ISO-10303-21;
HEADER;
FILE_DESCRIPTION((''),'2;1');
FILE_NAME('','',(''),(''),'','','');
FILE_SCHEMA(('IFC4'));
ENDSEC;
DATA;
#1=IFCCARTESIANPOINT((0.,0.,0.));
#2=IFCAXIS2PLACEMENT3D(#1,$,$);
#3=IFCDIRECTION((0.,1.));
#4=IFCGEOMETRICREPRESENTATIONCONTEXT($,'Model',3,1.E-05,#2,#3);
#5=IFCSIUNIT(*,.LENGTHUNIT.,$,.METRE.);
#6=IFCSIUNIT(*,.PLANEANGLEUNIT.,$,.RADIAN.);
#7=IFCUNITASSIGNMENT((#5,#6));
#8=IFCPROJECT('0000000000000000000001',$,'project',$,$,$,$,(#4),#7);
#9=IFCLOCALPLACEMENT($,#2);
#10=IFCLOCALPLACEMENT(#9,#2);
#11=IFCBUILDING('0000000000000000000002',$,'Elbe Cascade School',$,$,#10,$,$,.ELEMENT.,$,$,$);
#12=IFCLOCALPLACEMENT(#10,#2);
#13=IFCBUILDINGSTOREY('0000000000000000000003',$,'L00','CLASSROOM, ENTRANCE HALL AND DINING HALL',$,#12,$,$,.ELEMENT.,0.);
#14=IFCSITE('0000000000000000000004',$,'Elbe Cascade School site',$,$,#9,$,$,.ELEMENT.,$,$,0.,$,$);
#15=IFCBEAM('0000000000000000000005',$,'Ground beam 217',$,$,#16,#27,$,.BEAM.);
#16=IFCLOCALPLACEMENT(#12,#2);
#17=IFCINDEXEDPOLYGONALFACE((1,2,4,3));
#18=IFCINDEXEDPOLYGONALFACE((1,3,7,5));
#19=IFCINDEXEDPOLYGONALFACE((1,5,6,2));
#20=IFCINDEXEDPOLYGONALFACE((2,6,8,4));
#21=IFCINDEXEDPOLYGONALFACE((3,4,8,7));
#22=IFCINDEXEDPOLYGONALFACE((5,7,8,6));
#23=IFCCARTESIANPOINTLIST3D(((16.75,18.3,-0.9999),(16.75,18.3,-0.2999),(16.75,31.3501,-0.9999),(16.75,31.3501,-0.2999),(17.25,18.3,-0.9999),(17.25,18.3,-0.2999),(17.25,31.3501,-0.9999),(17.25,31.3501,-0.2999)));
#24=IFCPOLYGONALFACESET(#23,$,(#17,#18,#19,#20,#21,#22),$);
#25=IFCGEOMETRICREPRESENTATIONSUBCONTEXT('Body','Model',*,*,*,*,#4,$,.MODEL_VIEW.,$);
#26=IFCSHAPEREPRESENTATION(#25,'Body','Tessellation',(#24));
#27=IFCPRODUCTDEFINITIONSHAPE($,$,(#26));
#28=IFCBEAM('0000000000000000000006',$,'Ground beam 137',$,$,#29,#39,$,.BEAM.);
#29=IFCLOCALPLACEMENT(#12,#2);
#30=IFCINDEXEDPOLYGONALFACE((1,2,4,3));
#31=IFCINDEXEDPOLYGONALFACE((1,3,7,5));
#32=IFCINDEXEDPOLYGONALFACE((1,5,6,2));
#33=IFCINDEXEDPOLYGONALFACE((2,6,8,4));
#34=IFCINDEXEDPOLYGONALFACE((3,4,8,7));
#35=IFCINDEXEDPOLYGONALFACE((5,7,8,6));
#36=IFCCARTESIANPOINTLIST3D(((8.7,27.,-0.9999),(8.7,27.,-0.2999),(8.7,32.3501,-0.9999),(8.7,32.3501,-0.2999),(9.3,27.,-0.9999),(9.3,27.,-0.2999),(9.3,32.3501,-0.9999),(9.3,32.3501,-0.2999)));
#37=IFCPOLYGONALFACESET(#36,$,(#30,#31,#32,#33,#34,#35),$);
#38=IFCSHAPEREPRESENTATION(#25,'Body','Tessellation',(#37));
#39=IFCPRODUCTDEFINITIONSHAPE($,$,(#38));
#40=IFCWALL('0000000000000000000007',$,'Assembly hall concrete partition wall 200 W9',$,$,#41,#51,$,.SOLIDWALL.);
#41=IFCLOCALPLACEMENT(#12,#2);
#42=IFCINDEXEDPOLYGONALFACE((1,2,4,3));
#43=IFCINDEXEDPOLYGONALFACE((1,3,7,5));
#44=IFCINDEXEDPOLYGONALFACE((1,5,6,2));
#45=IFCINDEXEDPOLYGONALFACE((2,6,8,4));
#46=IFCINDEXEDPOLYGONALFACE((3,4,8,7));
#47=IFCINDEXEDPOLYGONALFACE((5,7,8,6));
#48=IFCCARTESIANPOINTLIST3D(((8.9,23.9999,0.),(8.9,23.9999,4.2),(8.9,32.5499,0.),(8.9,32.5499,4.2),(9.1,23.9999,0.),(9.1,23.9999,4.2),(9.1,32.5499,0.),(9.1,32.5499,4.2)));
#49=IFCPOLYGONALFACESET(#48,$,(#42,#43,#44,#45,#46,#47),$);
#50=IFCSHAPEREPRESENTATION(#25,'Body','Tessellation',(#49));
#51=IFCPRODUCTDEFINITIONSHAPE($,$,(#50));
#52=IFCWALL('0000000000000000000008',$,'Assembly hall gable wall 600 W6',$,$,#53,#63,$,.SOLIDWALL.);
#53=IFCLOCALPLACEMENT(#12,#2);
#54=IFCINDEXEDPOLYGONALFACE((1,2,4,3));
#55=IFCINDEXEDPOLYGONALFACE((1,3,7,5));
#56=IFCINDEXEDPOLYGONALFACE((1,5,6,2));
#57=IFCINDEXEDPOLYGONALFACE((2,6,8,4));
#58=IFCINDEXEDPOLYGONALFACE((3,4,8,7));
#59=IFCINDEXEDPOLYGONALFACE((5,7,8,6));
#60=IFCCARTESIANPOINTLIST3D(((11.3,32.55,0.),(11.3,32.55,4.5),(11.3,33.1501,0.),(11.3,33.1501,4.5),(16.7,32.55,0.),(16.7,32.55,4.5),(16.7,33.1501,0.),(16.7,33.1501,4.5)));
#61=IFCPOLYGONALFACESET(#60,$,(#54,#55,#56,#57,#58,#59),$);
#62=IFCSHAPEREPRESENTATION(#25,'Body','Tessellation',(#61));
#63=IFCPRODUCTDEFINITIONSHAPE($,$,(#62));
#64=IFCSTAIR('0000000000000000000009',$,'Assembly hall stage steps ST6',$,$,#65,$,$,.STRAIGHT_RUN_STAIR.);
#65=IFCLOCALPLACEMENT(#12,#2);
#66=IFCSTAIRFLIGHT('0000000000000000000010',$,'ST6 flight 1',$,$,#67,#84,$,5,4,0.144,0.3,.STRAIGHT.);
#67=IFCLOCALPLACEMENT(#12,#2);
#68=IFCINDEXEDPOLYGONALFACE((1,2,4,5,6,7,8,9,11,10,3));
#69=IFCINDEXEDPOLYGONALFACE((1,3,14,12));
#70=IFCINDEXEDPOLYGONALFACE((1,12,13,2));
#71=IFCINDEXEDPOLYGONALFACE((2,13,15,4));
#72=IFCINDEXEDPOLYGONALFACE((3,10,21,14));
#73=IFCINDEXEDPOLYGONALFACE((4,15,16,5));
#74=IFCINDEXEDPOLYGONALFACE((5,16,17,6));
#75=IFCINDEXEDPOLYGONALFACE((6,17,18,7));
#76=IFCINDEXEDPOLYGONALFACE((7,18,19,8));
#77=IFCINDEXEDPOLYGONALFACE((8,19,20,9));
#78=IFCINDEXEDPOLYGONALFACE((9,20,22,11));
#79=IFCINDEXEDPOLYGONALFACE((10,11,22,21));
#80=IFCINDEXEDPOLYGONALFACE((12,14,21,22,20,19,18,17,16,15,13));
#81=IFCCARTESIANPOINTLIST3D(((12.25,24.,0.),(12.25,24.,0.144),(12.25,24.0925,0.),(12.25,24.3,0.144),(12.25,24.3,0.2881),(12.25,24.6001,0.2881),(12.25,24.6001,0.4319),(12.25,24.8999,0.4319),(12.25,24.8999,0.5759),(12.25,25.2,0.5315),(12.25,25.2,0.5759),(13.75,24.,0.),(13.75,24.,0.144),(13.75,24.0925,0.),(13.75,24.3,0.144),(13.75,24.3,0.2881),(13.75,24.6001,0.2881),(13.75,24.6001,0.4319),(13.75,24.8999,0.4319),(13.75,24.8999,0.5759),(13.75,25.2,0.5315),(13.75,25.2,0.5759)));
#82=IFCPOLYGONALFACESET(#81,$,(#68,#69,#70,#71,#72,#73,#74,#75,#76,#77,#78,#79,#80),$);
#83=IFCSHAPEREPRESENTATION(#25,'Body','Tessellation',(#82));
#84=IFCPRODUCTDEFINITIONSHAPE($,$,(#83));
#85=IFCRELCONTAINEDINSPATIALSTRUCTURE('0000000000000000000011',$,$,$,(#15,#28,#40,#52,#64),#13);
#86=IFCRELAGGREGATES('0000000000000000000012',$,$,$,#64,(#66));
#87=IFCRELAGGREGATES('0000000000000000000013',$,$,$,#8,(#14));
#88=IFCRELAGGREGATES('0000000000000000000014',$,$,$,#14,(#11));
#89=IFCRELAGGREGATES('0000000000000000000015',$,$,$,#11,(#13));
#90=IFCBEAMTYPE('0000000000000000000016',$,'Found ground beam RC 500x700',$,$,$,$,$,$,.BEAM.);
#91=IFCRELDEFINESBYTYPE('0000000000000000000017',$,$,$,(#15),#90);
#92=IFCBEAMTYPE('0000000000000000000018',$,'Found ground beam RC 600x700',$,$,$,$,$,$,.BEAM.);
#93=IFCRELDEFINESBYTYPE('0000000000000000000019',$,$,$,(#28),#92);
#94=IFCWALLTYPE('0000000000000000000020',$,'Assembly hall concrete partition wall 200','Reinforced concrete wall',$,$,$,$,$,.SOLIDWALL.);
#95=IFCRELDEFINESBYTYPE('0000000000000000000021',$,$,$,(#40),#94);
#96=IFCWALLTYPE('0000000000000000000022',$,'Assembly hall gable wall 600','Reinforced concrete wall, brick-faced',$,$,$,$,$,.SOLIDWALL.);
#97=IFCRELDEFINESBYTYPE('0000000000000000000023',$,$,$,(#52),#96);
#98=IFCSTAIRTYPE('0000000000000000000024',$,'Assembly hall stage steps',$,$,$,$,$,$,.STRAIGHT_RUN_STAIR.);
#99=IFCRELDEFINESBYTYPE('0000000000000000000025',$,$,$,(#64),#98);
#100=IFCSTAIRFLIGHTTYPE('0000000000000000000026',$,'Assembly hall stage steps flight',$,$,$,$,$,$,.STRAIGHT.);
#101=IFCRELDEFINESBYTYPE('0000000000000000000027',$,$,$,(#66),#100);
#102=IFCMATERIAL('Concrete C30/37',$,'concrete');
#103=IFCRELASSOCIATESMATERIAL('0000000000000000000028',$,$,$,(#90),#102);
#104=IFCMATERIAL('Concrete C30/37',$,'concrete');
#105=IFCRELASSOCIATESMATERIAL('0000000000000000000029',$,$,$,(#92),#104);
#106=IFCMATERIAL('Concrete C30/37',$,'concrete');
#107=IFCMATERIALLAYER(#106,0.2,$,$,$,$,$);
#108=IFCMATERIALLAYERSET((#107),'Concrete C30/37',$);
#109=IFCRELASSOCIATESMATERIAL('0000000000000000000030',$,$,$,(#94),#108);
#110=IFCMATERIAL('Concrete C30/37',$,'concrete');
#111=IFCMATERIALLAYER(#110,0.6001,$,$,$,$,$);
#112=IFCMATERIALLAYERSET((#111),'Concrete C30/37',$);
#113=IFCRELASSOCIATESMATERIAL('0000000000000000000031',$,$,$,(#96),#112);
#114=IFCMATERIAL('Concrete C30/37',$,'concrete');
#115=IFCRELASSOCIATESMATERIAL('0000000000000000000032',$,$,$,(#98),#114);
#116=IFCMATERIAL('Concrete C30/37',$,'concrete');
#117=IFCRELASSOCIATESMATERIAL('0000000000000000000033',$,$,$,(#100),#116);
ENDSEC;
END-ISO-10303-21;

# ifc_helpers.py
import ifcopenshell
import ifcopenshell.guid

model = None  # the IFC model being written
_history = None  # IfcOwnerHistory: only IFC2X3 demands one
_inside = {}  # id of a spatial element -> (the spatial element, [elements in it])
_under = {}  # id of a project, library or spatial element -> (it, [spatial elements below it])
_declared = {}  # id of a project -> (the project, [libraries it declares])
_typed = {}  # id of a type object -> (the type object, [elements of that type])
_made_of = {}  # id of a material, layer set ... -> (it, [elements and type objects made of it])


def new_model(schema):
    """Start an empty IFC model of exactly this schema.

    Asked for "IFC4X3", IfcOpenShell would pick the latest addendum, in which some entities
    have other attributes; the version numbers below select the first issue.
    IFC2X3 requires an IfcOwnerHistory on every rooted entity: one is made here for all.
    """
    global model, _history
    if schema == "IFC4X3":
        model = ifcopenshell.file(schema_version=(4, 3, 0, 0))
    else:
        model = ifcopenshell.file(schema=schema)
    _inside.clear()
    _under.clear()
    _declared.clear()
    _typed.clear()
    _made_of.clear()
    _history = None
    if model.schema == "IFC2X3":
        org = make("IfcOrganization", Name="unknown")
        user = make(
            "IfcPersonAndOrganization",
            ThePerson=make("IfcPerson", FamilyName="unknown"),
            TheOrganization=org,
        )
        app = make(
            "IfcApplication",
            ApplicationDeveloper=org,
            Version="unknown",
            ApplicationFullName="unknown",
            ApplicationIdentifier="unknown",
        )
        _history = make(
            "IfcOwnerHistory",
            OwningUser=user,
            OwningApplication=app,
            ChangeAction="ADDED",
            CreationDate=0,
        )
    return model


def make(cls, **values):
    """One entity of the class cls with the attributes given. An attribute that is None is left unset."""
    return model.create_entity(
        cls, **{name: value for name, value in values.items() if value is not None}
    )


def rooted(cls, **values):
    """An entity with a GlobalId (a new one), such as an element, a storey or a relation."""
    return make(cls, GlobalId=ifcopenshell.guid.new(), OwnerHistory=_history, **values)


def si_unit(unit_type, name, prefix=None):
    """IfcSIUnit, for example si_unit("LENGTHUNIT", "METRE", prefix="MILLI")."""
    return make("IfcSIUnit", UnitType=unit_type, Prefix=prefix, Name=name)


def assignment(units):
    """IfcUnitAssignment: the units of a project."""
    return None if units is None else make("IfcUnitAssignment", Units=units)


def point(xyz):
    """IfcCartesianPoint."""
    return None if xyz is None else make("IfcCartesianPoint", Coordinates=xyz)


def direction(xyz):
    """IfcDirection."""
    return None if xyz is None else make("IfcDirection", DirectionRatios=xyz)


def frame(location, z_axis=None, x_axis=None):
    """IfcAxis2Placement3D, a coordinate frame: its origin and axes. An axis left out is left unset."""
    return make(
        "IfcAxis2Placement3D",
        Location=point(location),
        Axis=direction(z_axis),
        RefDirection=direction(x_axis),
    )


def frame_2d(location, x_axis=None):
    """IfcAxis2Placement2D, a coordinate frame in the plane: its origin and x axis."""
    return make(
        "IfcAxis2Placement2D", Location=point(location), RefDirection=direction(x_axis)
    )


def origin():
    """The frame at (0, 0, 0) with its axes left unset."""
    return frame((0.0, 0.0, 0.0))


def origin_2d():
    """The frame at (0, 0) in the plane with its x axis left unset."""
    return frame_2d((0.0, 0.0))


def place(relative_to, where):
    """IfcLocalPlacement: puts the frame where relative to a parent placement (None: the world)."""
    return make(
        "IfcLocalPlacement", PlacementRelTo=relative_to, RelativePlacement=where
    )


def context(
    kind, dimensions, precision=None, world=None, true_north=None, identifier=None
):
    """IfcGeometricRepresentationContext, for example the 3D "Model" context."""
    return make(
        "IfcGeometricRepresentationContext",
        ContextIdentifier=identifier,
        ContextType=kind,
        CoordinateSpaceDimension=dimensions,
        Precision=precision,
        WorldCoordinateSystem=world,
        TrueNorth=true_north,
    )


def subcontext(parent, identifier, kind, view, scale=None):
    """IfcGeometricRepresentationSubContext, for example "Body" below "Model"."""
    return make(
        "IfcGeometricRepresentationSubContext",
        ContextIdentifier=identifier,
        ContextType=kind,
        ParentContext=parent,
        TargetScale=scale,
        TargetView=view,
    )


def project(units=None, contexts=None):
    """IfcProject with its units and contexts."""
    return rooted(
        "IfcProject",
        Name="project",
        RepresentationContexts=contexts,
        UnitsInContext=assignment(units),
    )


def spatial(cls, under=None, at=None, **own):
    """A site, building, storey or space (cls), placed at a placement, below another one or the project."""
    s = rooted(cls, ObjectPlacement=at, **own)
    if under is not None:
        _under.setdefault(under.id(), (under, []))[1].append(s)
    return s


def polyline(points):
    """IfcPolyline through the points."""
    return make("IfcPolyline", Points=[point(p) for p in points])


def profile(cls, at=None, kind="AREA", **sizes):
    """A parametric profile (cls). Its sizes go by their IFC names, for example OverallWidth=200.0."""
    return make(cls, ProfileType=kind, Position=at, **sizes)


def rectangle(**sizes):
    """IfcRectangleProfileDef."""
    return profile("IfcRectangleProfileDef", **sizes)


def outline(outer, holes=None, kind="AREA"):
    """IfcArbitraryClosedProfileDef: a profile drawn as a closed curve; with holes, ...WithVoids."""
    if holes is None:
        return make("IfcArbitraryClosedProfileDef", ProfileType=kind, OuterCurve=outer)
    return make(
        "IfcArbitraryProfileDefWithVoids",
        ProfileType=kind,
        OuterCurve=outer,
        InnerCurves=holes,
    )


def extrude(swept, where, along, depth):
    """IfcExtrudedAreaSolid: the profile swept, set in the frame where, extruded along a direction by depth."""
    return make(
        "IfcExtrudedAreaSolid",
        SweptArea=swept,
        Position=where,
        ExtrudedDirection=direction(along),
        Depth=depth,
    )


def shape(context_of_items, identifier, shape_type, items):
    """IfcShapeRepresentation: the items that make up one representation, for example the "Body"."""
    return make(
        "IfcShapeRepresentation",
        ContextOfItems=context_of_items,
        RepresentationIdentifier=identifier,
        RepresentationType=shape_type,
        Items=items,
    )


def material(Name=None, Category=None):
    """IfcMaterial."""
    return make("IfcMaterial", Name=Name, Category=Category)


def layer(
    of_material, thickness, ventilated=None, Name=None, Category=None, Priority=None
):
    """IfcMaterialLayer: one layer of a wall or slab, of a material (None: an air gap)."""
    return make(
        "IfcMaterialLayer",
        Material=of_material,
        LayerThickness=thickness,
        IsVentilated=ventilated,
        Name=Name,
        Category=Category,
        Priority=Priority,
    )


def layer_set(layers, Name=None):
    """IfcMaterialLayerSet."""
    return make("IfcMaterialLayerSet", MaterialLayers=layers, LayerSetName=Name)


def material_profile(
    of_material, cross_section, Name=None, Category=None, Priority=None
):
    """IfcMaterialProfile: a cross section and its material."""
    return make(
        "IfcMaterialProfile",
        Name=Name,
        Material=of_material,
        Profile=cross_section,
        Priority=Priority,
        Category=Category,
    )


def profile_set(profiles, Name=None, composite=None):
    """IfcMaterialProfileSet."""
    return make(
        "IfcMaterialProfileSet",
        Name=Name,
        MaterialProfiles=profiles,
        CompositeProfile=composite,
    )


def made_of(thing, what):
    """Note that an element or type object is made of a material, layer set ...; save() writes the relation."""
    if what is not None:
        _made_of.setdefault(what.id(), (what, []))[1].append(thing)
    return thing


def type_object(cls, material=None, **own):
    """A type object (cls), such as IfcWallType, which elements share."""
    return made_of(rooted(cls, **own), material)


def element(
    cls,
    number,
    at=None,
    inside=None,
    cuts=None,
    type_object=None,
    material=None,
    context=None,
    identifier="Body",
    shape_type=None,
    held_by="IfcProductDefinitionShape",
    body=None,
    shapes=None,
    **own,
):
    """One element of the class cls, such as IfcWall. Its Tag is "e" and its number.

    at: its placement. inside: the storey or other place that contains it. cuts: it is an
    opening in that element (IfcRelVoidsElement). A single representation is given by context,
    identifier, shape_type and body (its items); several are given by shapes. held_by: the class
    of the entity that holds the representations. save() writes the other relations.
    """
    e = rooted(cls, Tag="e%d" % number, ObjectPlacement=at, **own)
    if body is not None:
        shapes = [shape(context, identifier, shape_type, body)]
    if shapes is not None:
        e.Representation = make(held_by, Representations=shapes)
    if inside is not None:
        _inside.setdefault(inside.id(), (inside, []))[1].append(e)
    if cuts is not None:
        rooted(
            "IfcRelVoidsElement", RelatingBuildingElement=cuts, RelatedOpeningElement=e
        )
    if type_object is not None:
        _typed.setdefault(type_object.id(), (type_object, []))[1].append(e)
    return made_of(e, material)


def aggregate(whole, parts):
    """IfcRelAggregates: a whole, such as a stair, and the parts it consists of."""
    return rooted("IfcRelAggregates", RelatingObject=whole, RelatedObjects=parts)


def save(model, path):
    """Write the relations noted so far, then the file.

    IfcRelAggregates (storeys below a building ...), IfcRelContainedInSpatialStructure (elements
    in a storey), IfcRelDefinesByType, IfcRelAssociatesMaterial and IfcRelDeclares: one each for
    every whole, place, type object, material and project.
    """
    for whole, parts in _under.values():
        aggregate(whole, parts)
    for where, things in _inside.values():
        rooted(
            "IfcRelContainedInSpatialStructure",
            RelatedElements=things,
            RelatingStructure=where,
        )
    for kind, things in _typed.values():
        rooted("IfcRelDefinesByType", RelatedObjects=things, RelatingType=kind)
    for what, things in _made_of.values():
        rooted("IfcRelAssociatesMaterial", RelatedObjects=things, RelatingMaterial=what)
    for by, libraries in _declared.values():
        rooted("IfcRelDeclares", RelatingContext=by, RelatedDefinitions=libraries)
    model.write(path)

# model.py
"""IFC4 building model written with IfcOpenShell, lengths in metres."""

from ifc_helpers import new_model, si_unit, direction, frame, frame_2d, origin, origin_2d, place, context, subcontext, project, spatial, polyline, rectangle, outline, extrude, material, layer, layer_set, material_profile, profile_set, type_object, element, aggregate, save


model = new_model("IFC4")

# Units and contexts
model_context = context("Model", 3, precision=1e-05, world=origin(), true_north=direction((0.0, 1.0)))
body_context = subcontext(model_context, "Body", "Model", "MODEL_VIEW")
ifc_project = project(units=[si_unit("LENGTHUNIT", "METRE"), si_unit("PLANEANGLEUNIT", "RADIAN")], contexts=[model_context])

# Site, building, storey
site_placement = place(None, origin())
site = spatial("IfcSite", under=ifc_project, at=site_placement, Name="Elbe Cascade School site", CompositionType="ELEMENT", RefElevation=0.0)
building_placement = place(site_placement, origin())
building = spatial("IfcBuilding", under=site, at=building_placement, Name="Elbe Cascade School", CompositionType="ELEMENT")
storey_placement = place(building_placement, origin())
storey = spatial("IfcBuildingStorey", under=building, at=storey_placement, Name="L00", Description="CLASSROOM, ENTRANCE HALL AND DINING HALL", CompositionType="ELEMENT", Elevation=0.0)

# Beams
ifc_material_1 = material(Name="Concrete C30/37", Category="concrete")
ifc_material_profile_1 = material_profile(ifc_material_1, rectangle(XDim=0.5, YDim=0.7, at=origin_2d()), Name="RC 500x700")
ifc_profile_set_1 = profile_set([ifc_material_profile_1], Name="Concrete C30/37")
beam_type_1 = type_object("IfcBeamType", Name="Found ground beam RC 500x700", PredefinedType="BEAM", material=ifc_profile_set_1)
for number, where, z_axis, x_axis, name in (
    (1, (17.0, 18.3, -0.6499), (0.0, 1.0, 0.0), (-1.0, 0.0, 0.0), "Ground beam 217"),
):
    element("IfcBeam", number, at=place(storey_placement, frame(where, z_axis=z_axis, x_axis=x_axis)), inside=storey, type_object=beam_type_1, Name=name, PredefinedType="BEAM", context=body_context, shape_type="SweptSolid", body=[
        extrude(rectangle(XDim=0.5, YDim=0.7, at=origin_2d()), origin(), (0.0, 0.0, 1.0), 13.05),
    ])
ifc_material_2 = material(Name="Concrete C30/37", Category="concrete")
ifc_material_profile_2 = material_profile(ifc_material_2, rectangle(XDim=0.6001, YDim=0.7, at=origin_2d()), Name="RC 600x700")
ifc_profile_set_2 = profile_set([ifc_material_profile_2], Name="Concrete C30/37")
beam_type_2 = type_object("IfcBeamType", Name="Found ground beam RC 600x700", PredefinedType="BEAM", material=ifc_profile_set_2)
beam_1_placement = place(storey_placement, frame((9.0, 27.0, -0.6499), z_axis=(0.0, 1.0, 0.0), x_axis=(-1.0, 0.0, 0.0)))
element("IfcBeam", 2, at=beam_1_placement, inside=storey, type_object=beam_type_2, Name="Ground beam 137", PredefinedType="BEAM", context=body_context, shape_type="SweptSolid", body=[
    extrude(rectangle(XDim=0.6001, YDim=0.7, at=origin_2d()), origin(), (0.0, 0.0, 1.0), 5.3501),
])

# Walls
ifc_material_3 = material(Name="Concrete C30/37", Category="concrete")
ifc_layer_1 = layer(ifc_material_3, 0.2)
ifc_layer_set_1 = layer_set([ifc_layer_1], Name="Concrete C30/37")
wall_type_1 = type_object("IfcWallType", Name="Assembly hall concrete partition wall 200", Description="Reinforced concrete wall", PredefinedType="SOLIDWALL", material=ifc_layer_set_1)
wall_1_placement = place(storey_placement, frame((9.0, 24.0, 0.0), z_axis=(0.0, 0.0, 1.0), x_axis=(0.0, 1.0, 0.0)))
element("IfcWall", 3, at=wall_1_placement, inside=storey, type_object=wall_type_1, Name="Assembly hall concrete partition wall 200 W9", PredefinedType="SOLIDWALL", context=body_context, shape_type="SweptSolid", body=[
    extrude(rectangle(XDim=8.55, YDim=0.2, at=frame_2d((4.2749, 0.0))), origin(), (0.0, 0.0, 1.0), 4.2),
])
ifc_material_4 = material(Name="Concrete C30/37", Category="concrete")
ifc_layer_2 = layer(ifc_material_4, 0.6001)
ifc_layer_set_2 = layer_set([ifc_layer_2], Name="Concrete C30/37")
wall_type_2 = type_object("IfcWallType", Name="Assembly hall gable wall 600", Description="Reinforced concrete wall, brick-faced", PredefinedType="SOLIDWALL", material=ifc_layer_set_2)
wall_2_placement = place(storey_placement, frame((11.3, 32.8501, 0.0), z_axis=(0.0, 0.0, 1.0), x_axis=(1.0, 0.0, 0.0)))
element("IfcWall", 4, at=wall_2_placement, inside=storey, type_object=wall_type_2, Name="Assembly hall gable wall 600 W6", PredefinedType="SOLIDWALL", context=body_context, shape_type="SweptSolid", body=[
    extrude(rectangle(XDim=5.3999, YDim=0.6001, at=frame_2d((2.7, 0.0))), origin(), (0.0, 0.0, 1.0), 4.5),
])

# Stair, stair flight
ifc_material_5 = material(Name="Concrete C30/37", Category="concrete")
stair_type = type_object("IfcStairType", Name="Assembly hall stage steps", PredefinedType="STRAIGHT_RUN_STAIR", material=ifc_material_5)
stair_placement = place(storey_placement, origin())
stair = element("IfcStair", 5, at=stair_placement, inside=storey, type_object=stair_type, Name="Assembly hall stage steps ST6", PredefinedType="STRAIGHT_RUN_STAIR")
ifc_material_6 = material(Name="Concrete C30/37", Category="concrete")
stair_flight_type = type_object("IfcStairFlightType", Name="Assembly hall stage steps flight", PredefinedType="STRAIGHT", material=ifc_material_6)
stair_flight_placement = place(storey_placement, frame((13.0, 24.0, 0.0), z_axis=(0.0, 0.0, 1.0), x_axis=(0.0, 1.0, 0.0)))
stair_flight = element("IfcStairFlight", 6, at=stair_flight_placement, type_object=stair_flight_type, Name="ST6 flight 1", NumberOfRisers=5, NumberOfTreads=4, PredefinedType="STRAIGHT", RiserHeight=0.144, TreadLength=0.3, context=body_context, shape_type="SweptSolid", body=[
    extrude(outline(polyline([(0.0, 0.0), (0.0, 0.144), (0.3, 0.144), (0.3, 0.2881), (0.6001, 0.2881), (0.6001, 0.4319), (0.8999, 0.4319), (0.8999, 0.5759), (1.2, 0.5759), (1.2, 0.72), (1.2, 0.5315), (0.0925, 0.0), (0.0, 0.0)])), frame((0.0, 0.75, 0.0), z_axis=(0.0, -1.0, 0.0), x_axis=(1.0, 0.0, 0.0)), (0.0, 0.0, 1.0), 1.5),
])
aggregate(stair, [stair_flight])

save(model, "model.ifc")
